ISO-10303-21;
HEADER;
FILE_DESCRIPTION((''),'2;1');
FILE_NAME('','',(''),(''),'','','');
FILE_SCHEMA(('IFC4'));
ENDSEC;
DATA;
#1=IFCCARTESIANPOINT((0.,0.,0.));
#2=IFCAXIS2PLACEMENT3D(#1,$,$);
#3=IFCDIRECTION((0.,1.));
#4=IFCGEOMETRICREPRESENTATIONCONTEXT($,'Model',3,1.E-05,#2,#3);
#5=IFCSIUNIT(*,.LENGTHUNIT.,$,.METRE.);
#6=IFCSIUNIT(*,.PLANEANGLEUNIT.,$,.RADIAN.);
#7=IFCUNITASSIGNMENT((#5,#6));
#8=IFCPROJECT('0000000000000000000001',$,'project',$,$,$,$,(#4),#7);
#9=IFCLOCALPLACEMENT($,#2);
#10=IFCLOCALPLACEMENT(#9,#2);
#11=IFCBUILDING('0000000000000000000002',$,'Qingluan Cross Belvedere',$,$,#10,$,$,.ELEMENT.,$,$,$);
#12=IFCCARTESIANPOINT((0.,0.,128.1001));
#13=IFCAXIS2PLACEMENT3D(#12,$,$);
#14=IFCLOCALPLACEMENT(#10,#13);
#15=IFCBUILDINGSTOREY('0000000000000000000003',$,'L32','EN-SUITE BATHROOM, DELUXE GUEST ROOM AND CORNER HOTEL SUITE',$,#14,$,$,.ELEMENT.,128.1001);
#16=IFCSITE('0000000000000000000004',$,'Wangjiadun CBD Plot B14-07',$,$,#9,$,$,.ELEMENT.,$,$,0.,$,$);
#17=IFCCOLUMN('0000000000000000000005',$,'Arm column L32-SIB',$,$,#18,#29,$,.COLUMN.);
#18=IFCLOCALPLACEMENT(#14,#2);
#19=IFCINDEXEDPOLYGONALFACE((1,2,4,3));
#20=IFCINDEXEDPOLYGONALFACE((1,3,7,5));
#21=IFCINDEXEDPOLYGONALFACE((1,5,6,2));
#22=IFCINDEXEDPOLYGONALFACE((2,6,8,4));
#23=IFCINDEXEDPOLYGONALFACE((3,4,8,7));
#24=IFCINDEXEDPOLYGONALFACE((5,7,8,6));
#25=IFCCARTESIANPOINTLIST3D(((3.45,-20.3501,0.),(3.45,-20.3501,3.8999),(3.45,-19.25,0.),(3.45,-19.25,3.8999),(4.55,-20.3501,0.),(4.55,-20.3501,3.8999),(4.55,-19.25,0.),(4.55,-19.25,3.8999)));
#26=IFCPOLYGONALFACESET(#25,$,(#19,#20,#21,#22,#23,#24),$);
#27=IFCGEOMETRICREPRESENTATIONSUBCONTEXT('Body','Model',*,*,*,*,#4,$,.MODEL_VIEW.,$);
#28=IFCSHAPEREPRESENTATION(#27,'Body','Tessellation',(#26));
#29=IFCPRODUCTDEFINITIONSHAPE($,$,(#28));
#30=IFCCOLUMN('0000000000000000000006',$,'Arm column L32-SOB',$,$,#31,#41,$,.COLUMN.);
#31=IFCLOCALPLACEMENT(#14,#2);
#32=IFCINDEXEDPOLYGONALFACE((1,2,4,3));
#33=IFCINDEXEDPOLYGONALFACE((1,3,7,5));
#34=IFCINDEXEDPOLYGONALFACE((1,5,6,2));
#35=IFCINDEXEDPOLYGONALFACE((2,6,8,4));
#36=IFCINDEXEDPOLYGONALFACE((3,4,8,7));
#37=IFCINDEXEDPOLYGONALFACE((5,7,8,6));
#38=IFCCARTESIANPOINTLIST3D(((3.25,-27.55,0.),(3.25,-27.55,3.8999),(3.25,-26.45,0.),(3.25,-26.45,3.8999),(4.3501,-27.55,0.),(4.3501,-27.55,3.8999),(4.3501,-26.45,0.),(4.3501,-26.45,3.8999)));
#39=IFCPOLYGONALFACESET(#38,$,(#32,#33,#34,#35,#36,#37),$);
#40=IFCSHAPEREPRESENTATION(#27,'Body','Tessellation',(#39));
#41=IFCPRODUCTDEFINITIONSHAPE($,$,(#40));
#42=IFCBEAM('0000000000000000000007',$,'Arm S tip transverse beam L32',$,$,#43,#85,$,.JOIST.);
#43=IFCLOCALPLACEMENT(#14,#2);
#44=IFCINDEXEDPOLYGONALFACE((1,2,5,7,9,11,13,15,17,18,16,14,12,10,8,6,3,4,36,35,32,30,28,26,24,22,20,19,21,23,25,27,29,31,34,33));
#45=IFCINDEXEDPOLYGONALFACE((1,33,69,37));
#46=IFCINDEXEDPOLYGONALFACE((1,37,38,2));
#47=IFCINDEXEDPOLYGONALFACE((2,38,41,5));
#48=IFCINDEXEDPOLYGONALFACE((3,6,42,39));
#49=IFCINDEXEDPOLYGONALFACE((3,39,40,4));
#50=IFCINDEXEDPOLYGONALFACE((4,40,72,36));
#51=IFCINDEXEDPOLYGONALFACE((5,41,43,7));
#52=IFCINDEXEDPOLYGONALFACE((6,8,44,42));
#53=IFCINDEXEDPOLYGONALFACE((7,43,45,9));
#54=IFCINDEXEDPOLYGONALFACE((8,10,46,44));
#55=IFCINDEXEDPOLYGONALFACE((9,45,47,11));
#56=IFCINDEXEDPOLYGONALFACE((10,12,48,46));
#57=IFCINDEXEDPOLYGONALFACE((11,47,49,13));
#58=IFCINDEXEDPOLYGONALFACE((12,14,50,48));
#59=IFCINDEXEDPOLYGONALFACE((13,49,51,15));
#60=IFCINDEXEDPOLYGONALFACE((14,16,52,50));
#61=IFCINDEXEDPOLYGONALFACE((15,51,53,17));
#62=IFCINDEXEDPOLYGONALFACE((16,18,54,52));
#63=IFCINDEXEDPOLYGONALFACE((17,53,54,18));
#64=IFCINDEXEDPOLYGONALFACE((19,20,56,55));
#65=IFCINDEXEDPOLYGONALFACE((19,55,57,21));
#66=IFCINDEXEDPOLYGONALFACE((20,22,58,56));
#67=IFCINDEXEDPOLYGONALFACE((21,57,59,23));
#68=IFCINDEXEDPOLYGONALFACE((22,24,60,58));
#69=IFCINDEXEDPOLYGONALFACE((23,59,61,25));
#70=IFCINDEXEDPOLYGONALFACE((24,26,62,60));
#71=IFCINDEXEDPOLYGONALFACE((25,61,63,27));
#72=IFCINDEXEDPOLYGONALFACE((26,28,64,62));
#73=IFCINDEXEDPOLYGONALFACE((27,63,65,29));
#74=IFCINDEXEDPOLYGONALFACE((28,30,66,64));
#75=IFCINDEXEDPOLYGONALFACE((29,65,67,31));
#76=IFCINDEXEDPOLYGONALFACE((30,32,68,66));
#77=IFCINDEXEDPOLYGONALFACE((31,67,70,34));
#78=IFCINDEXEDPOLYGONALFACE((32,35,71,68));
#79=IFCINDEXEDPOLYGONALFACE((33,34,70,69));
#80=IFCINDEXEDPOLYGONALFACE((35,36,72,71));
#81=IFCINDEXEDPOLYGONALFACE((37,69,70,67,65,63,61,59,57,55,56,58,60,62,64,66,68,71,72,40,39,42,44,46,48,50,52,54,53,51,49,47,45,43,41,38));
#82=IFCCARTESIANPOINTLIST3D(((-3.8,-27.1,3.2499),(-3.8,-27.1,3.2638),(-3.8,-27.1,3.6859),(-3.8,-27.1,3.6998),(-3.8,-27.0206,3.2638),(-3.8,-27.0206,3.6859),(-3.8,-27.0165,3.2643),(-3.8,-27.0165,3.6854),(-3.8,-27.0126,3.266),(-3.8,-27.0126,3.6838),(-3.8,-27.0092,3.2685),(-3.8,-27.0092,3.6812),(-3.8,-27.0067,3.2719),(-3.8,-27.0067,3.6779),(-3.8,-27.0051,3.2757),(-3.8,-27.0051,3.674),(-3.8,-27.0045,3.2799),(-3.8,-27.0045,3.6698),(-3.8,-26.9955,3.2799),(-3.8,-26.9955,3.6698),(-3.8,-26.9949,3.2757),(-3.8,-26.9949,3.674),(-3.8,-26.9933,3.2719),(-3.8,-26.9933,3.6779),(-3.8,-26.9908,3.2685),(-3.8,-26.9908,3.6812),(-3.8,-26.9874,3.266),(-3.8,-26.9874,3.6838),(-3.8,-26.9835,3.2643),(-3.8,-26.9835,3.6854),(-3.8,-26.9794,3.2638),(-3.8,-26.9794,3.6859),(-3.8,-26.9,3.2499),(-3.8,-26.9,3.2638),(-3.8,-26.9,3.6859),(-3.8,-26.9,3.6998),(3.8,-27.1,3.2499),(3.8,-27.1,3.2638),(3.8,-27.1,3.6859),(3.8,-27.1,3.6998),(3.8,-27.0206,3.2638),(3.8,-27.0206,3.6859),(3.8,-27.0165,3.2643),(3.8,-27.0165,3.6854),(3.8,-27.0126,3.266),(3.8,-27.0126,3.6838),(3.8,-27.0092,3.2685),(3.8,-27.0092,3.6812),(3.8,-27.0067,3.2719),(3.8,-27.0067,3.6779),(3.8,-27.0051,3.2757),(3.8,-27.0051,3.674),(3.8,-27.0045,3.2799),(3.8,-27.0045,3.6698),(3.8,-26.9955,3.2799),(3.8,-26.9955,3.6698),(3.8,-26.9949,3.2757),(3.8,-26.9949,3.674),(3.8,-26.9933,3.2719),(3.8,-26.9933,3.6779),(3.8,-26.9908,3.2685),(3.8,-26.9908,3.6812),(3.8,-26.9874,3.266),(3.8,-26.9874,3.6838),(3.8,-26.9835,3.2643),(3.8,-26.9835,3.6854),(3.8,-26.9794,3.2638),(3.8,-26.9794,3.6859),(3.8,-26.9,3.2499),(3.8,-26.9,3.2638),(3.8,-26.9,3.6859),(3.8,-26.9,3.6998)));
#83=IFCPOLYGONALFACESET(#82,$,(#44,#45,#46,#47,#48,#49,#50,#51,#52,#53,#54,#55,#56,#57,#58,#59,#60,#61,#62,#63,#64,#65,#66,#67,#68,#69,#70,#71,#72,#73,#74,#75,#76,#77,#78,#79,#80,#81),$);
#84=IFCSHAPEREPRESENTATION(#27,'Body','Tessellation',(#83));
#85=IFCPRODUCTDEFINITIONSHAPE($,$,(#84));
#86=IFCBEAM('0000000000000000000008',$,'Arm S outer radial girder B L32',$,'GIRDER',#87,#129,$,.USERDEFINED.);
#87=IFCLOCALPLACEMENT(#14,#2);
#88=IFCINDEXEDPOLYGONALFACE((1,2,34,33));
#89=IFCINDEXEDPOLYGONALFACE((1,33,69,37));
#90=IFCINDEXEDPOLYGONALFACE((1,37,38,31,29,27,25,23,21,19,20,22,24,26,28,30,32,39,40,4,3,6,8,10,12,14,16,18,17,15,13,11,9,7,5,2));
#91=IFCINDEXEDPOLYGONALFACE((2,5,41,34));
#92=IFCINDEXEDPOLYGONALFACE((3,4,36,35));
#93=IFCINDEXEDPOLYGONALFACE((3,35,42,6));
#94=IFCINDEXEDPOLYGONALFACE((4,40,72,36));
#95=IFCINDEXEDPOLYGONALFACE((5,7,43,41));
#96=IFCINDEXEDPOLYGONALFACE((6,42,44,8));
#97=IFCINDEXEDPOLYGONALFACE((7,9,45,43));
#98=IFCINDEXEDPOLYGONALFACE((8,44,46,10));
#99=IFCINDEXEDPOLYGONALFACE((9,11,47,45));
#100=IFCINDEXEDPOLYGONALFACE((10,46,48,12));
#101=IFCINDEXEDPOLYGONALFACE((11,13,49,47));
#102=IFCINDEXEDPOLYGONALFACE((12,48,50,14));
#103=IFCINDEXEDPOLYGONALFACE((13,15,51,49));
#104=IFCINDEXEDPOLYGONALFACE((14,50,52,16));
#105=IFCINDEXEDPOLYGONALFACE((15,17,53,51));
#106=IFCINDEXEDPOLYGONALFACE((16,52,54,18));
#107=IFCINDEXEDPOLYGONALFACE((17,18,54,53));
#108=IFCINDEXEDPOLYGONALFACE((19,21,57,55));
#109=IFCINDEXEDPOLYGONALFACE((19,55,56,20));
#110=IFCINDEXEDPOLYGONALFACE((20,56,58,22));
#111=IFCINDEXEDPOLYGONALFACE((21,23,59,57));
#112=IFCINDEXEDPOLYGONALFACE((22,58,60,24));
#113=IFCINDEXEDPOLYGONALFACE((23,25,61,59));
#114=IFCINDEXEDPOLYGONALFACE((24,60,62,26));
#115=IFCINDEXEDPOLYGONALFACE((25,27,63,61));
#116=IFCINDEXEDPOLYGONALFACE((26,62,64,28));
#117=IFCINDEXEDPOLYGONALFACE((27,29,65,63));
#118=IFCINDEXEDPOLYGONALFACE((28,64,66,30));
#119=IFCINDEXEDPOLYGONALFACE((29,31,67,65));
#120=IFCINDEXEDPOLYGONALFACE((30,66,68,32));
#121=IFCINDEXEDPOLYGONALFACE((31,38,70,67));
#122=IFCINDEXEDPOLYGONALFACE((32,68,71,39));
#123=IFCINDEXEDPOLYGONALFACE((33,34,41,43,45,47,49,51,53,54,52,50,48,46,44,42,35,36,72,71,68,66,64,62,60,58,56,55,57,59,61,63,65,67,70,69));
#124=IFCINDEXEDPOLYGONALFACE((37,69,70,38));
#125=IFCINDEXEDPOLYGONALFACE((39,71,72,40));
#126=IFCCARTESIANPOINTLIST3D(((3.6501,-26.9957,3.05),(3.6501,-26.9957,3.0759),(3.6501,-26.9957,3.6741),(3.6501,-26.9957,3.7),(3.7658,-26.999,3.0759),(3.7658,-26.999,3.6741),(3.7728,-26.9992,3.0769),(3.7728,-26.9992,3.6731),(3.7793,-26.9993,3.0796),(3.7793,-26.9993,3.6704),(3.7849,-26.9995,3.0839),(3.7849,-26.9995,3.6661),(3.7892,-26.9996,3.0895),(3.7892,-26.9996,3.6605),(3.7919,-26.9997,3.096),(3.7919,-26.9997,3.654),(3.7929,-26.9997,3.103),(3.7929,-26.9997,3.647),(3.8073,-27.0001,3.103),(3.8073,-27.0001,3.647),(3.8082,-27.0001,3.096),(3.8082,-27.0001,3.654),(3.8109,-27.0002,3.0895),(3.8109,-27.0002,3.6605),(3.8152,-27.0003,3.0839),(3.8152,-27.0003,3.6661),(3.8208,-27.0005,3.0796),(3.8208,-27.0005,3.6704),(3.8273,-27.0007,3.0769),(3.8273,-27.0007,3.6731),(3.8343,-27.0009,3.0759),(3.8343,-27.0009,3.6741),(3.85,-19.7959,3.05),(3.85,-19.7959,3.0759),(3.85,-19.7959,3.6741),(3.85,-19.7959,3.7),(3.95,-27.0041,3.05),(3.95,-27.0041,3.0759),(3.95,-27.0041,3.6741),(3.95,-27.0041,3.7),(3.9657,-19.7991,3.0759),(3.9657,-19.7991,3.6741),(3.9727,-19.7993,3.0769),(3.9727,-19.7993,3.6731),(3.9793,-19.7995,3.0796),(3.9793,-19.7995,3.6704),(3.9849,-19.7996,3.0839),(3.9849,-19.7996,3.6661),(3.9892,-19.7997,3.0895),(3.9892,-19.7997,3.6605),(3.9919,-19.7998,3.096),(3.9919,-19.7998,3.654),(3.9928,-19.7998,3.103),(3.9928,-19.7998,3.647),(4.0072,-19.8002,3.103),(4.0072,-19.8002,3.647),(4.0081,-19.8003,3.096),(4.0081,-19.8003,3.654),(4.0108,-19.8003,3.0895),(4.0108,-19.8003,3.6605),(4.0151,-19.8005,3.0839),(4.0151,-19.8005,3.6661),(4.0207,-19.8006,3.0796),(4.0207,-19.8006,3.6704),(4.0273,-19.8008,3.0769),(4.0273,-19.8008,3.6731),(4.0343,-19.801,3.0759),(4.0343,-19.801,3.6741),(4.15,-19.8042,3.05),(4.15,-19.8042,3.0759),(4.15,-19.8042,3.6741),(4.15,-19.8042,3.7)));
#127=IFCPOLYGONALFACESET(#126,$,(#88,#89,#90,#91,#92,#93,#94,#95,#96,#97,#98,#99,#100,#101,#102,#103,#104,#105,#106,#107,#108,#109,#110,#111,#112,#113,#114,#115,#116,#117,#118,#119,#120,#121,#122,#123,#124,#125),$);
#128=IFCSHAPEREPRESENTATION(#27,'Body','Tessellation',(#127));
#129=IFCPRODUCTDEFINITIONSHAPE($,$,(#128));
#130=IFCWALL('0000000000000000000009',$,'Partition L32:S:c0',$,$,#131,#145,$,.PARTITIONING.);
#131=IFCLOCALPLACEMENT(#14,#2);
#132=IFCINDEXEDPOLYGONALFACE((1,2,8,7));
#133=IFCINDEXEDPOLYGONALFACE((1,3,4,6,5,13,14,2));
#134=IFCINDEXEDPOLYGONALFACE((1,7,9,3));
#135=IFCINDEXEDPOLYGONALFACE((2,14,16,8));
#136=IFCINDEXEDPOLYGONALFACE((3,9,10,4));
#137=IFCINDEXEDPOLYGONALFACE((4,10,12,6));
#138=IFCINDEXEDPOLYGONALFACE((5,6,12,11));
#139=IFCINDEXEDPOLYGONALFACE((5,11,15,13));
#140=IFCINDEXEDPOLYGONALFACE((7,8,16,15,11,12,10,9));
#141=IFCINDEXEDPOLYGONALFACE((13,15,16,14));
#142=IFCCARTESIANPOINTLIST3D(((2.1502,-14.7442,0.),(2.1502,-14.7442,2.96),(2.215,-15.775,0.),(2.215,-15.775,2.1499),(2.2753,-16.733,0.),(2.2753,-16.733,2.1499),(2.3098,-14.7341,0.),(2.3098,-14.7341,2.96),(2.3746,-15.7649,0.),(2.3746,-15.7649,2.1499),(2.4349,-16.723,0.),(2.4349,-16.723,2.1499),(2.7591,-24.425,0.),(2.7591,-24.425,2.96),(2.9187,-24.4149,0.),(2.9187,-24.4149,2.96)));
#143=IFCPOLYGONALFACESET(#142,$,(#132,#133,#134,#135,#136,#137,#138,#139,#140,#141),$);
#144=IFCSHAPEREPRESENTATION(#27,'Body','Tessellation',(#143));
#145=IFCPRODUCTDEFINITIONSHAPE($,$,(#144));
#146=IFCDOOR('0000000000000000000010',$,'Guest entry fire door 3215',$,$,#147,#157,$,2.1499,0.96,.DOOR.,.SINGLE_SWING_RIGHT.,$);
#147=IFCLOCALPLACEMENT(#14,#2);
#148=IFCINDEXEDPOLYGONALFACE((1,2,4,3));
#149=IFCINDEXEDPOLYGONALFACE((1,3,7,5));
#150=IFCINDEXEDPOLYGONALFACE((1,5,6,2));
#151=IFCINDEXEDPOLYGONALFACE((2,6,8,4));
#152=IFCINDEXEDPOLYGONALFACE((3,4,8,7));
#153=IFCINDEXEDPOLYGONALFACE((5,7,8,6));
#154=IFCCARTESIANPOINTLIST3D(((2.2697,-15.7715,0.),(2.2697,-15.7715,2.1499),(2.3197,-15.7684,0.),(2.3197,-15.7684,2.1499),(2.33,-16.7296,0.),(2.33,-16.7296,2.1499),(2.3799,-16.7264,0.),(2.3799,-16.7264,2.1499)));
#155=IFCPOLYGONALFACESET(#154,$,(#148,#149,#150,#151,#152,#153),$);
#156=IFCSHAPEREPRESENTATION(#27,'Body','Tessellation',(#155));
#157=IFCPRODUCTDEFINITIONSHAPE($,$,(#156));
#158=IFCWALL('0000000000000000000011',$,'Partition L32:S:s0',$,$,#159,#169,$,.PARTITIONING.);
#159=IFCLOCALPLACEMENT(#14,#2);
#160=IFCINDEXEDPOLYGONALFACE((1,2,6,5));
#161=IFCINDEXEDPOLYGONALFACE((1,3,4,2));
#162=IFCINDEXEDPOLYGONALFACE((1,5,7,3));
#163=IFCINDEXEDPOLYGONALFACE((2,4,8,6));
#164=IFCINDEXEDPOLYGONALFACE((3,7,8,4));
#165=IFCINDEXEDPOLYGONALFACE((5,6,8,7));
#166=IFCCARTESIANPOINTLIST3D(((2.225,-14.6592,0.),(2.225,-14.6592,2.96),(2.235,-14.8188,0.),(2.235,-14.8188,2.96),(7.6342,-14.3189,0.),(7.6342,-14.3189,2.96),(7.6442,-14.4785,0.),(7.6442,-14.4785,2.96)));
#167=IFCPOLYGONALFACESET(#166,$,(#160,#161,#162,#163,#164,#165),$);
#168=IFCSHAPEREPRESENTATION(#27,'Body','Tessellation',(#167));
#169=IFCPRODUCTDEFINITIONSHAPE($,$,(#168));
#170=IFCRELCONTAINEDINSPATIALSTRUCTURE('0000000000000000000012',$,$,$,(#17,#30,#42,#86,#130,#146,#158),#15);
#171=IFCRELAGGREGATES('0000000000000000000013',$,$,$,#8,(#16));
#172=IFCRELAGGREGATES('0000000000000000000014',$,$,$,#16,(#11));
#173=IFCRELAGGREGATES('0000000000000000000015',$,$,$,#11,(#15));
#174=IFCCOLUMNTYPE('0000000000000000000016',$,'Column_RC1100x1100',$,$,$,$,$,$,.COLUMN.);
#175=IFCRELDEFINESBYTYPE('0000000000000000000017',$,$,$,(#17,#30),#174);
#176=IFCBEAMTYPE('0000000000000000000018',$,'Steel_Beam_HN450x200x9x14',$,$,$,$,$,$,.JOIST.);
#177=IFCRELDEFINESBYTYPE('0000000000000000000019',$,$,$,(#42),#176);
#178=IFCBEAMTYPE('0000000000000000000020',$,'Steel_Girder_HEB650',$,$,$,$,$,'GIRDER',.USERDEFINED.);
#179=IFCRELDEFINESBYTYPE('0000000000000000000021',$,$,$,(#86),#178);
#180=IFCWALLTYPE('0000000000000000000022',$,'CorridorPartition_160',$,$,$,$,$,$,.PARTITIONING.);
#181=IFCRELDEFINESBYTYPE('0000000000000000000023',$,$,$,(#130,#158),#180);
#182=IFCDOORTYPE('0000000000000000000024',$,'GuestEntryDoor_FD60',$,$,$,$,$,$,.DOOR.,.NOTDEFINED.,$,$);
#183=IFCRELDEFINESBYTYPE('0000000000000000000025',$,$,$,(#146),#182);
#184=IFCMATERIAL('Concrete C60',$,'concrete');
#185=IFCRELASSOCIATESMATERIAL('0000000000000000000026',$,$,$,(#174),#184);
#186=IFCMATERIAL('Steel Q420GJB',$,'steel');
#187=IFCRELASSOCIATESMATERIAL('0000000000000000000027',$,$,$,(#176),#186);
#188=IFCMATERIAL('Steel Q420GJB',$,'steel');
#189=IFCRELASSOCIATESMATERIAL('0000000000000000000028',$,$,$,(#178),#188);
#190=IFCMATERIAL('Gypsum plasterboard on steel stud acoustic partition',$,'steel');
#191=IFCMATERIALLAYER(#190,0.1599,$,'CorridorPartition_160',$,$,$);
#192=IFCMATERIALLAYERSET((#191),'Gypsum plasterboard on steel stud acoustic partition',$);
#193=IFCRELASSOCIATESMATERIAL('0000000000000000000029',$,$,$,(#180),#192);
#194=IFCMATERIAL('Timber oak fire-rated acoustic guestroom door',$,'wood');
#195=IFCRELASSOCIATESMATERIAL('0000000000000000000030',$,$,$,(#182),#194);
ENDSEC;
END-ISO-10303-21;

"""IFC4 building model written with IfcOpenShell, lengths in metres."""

from ifc_helpers import new_model, si_unit, direction, frame, frame_2d, origin, origin_2d, place, context, subcontext, project, spatial, rectangle, i_section, extrude, material, layer, layer_set, material_profile, profile_set, type_object, element, fill, save


model = new_model("IFC4")

# Units and contexts
model_context = context("Model", 3, precision=1e-05, world=origin(), true_north=direction((0.0, 1.0)))
body_context = subcontext(model_context, "Body", "Model", "MODEL_VIEW")
ifc_project = project(units=[si_unit("LENGTHUNIT", "METRE"), si_unit("PLANEANGLEUNIT", "RADIAN")], contexts=[model_context])

# Site, building, storey
site_placement = place(None, origin())
site = spatial("IfcSite", under=ifc_project, at=site_placement, Name="Wangjiadun CBD Plot B14-07", CompositionType="ELEMENT", RefElevation=0.0)
building_placement = place(site_placement, origin())
building = spatial("IfcBuilding", under=site, at=building_placement, Name="Qingluan Cross Belvedere", CompositionType="ELEMENT")
storey_placement = place(building_placement, frame((0.0, 0.0, 128.1001)))
storey = spatial("IfcBuildingStorey", under=building, at=storey_placement, Name="L32", Description="EN-SUITE BATHROOM, DELUXE GUEST ROOM AND CORNER HOTEL SUITE", CompositionType="ELEMENT", Elevation=128.1001)

# Columns
ifc_material_1 = material(Name="Concrete C60", Category="concrete")
ifc_material_profile_1 = material_profile(ifc_material_1, rectangle(XDim=1.1001, YDim=1.1001, at=origin_2d()), Name="RC1100x1100")
ifc_profile_set_1 = profile_set([ifc_material_profile_1], Name="Concrete C60")
column_type = type_object("IfcColumnType", Name="Column_RC1100x1100", PredefinedType="COLUMN", material=ifc_profile_set_1)
for number, where, z_axis, x_axis, name in (
    (1, (4.0, -19.8, 0.0), (0.0, 0.0, 1.0), (1.0, 0.0, 0.0), "Arm column L32-SIB"),
    (2, (3.8, -27.0, 0.0), (0.0, 0.0, 1.0), (1.0, 0.0, 0.0), "Arm column L32-SOB"),
):
    element("IfcColumn", number, at=place(storey_placement, frame(where, z_axis=z_axis, x_axis=x_axis)), inside=storey, type_object=column_type, Name=name, PredefinedType="COLUMN", context=body_context, shape_type="SweptSolid", body=[
        extrude(rectangle(XDim=1.1001, YDim=1.1001, at=origin_2d()), origin(), (0.0, 0.0, 1.0), 3.8999),
    ])

# Beams
ifc_material_2 = material(Name="Steel Q420GJB", Category="steel")
ifc_material_profile_2 = material_profile(ifc_material_2, i_section(OverallWidth=0.2, OverallDepth=0.45, WebThickness=0.009, FlangeThickness=0.0139, FilletRadius=0.0161, at=origin_2d()), Name="HN450x200x9x14")
ifc_profile_set_2 = profile_set([ifc_material_profile_2], Name="Steel Q420GJB")
beam_type_1 = type_object("IfcBeamType", Name="Steel_Beam_HN450x200x9x14", PredefinedType="JOIST", material=ifc_profile_set_2)
beam_1_placement = place(storey_placement, frame((-3.8, -27.0, 3.4749), z_axis=(1.0, 0.0, 0.0), x_axis=(0.0, 1.0, 0.0)))
element("IfcBeam", 3, at=beam_1_placement, inside=storey, type_object=beam_type_1, Name="Arm S tip transverse beam L32", PredefinedType="JOIST", context=body_context, shape_type="SweptSolid", body=[
    extrude(i_section(OverallWidth=0.2, OverallDepth=0.45, WebThickness=0.009, FlangeThickness=0.0139, FilletRadius=0.0161, at=origin_2d()), origin(), (0.0, 0.0, 1.0), 7.6001),
])
ifc_material_3 = material(Name="Steel Q420GJB", Category="steel")
ifc_material_profile_3 = material_profile(ifc_material_3, i_section(OverallWidth=0.3, OverallDepth=0.6499, WebThickness=0.0144, FlangeThickness=0.0259, FilletRadius=0.0271, at=origin_2d()), Name="HEB650")
ifc_profile_set_3 = profile_set([ifc_material_profile_3], Name="Steel Q420GJB")
beam_type_2 = type_object("IfcBeamType", Name="Steel_Girder_HEB650", ElementType="GIRDER", PredefinedType="USERDEFINED", material=ifc_profile_set_3)
beam_2_placement = place(storey_placement, frame((4.0, -19.8, 3.375), z_axis=(-0.02776, -0.999615, 0.0), x_axis=(0.999615, -0.02776, 0.0)))
element("IfcBeam", 4, at=beam_2_placement, inside=storey, type_object=beam_type_2, Name="Arm S outer radial girder B L32", ObjectType="GIRDER", PredefinedType="USERDEFINED", context=body_context, shape_type="SweptSolid", body=[
    extrude(i_section(OverallWidth=0.3, OverallDepth=0.6499, WebThickness=0.0144, FlangeThickness=0.0259, FilletRadius=0.0271, at=origin_2d()), origin(), (0.0, 0.0, 1.0), 7.2026),
])

# Wall, opening, door
ifc_material_4 = material(Name="Gypsum plasterboard on steel stud acoustic partition", Category="steel")
ifc_layer_1 = layer(ifc_material_4, 0.1599, Name="CorridorPartition_160")
ifc_layer_set_1 = layer_set([ifc_layer_1], Name="Gypsum plasterboard on steel stud acoustic partition")
wall_type_1 = type_object("IfcWallType", Name="CorridorPartition_160", PredefinedType="PARTITIONING", material=ifc_layer_set_1)
wall_1_placement = place(storey_placement, frame((2.23, -14.739, 0.0), z_axis=(0.0, 0.0, 1.0), x_axis=(0.062772, -0.998028, 0.0)))
wall_1 = element("IfcWall", 5, at=wall_1_placement, inside=storey, type_object=wall_type_1, Name="Partition L32:S:c0", PredefinedType="PARTITIONING", context=body_context, shape_type="SweptSolid", body=[
    extrude(rectangle(XDim=9.7, YDim=0.1599, at=frame_2d((4.8501, 0.0))), origin(), (0.0, 0.0, 1.0), 2.96),
])
opening_1_placement = place(wall_1_placement, frame((1.033, 0.0, 0.0)))
opening_1 = element("IfcOpeningElement", 6, at=opening_1_placement, cuts=wall_1, PredefinedType="OPENING", context=body_context, shape_type="SweptSolid", body=[
    extrude(rectangle(XDim=0.96, YDim=2.1499, at=frame_2d((0.48, 1.075))), frame((0.0, 0.0898, 0.0), z_axis=(0.0, -1.0, 0.0), x_axis=(1.0, 0.0, 0.0)), (0.0, 0.0, 1.0), 0.1799),
])
ifc_material_5 = material(Name="Timber oak fire-rated acoustic guestroom door", Category="wood")
door_type_1 = type_object("IfcDoorType", Name="GuestEntryDoor_FD60", OperationType="NOTDEFINED", PredefinedType="DOOR", material=ifc_material_5)
door_1_placement = place(opening_1_placement, origin())
door_1 = element("IfcDoor", 7, at=door_1_placement, inside=storey, type_object=door_type_1, Name="Guest entry fire door 3215", OperationType="SINGLE_SWING_RIGHT", OverallHeight=2.1499, OverallWidth=0.96, PredefinedType="DOOR", context=body_context, shape_type="SweptSolid", body=[
    extrude(rectangle(XDim=0.96, YDim=2.1499, at=frame_2d((0.48, 1.075))), frame((0.0, 0.0249, 0.0), z_axis=(0.0, -1.0, 0.0), x_axis=(1.0, 0.0, 0.0)), (0.0, 0.0, 1.0), 0.05),
])
fill(opening_1, door_1)

# Wall
wall_2_placement = place(storey_placement, frame((2.23, -14.739, 0.0), z_axis=(0.0, 0.0, 1.0), x_axis=(0.998027, 0.062793, 0.0)))
element("IfcWall", 8, at=wall_2_placement, inside=storey, type_object=wall_type_1, Name="Partition L32:S:s0", PredefinedType="PARTITIONING", context=body_context, shape_type="SweptSolid", body=[
    extrude(rectangle(XDim=5.4199, YDim=0.1599, at=frame_2d((2.71, 0.0))), origin(), (0.0, 0.0, 1.0), 2.96),
])

save(model, "model.ifc")
